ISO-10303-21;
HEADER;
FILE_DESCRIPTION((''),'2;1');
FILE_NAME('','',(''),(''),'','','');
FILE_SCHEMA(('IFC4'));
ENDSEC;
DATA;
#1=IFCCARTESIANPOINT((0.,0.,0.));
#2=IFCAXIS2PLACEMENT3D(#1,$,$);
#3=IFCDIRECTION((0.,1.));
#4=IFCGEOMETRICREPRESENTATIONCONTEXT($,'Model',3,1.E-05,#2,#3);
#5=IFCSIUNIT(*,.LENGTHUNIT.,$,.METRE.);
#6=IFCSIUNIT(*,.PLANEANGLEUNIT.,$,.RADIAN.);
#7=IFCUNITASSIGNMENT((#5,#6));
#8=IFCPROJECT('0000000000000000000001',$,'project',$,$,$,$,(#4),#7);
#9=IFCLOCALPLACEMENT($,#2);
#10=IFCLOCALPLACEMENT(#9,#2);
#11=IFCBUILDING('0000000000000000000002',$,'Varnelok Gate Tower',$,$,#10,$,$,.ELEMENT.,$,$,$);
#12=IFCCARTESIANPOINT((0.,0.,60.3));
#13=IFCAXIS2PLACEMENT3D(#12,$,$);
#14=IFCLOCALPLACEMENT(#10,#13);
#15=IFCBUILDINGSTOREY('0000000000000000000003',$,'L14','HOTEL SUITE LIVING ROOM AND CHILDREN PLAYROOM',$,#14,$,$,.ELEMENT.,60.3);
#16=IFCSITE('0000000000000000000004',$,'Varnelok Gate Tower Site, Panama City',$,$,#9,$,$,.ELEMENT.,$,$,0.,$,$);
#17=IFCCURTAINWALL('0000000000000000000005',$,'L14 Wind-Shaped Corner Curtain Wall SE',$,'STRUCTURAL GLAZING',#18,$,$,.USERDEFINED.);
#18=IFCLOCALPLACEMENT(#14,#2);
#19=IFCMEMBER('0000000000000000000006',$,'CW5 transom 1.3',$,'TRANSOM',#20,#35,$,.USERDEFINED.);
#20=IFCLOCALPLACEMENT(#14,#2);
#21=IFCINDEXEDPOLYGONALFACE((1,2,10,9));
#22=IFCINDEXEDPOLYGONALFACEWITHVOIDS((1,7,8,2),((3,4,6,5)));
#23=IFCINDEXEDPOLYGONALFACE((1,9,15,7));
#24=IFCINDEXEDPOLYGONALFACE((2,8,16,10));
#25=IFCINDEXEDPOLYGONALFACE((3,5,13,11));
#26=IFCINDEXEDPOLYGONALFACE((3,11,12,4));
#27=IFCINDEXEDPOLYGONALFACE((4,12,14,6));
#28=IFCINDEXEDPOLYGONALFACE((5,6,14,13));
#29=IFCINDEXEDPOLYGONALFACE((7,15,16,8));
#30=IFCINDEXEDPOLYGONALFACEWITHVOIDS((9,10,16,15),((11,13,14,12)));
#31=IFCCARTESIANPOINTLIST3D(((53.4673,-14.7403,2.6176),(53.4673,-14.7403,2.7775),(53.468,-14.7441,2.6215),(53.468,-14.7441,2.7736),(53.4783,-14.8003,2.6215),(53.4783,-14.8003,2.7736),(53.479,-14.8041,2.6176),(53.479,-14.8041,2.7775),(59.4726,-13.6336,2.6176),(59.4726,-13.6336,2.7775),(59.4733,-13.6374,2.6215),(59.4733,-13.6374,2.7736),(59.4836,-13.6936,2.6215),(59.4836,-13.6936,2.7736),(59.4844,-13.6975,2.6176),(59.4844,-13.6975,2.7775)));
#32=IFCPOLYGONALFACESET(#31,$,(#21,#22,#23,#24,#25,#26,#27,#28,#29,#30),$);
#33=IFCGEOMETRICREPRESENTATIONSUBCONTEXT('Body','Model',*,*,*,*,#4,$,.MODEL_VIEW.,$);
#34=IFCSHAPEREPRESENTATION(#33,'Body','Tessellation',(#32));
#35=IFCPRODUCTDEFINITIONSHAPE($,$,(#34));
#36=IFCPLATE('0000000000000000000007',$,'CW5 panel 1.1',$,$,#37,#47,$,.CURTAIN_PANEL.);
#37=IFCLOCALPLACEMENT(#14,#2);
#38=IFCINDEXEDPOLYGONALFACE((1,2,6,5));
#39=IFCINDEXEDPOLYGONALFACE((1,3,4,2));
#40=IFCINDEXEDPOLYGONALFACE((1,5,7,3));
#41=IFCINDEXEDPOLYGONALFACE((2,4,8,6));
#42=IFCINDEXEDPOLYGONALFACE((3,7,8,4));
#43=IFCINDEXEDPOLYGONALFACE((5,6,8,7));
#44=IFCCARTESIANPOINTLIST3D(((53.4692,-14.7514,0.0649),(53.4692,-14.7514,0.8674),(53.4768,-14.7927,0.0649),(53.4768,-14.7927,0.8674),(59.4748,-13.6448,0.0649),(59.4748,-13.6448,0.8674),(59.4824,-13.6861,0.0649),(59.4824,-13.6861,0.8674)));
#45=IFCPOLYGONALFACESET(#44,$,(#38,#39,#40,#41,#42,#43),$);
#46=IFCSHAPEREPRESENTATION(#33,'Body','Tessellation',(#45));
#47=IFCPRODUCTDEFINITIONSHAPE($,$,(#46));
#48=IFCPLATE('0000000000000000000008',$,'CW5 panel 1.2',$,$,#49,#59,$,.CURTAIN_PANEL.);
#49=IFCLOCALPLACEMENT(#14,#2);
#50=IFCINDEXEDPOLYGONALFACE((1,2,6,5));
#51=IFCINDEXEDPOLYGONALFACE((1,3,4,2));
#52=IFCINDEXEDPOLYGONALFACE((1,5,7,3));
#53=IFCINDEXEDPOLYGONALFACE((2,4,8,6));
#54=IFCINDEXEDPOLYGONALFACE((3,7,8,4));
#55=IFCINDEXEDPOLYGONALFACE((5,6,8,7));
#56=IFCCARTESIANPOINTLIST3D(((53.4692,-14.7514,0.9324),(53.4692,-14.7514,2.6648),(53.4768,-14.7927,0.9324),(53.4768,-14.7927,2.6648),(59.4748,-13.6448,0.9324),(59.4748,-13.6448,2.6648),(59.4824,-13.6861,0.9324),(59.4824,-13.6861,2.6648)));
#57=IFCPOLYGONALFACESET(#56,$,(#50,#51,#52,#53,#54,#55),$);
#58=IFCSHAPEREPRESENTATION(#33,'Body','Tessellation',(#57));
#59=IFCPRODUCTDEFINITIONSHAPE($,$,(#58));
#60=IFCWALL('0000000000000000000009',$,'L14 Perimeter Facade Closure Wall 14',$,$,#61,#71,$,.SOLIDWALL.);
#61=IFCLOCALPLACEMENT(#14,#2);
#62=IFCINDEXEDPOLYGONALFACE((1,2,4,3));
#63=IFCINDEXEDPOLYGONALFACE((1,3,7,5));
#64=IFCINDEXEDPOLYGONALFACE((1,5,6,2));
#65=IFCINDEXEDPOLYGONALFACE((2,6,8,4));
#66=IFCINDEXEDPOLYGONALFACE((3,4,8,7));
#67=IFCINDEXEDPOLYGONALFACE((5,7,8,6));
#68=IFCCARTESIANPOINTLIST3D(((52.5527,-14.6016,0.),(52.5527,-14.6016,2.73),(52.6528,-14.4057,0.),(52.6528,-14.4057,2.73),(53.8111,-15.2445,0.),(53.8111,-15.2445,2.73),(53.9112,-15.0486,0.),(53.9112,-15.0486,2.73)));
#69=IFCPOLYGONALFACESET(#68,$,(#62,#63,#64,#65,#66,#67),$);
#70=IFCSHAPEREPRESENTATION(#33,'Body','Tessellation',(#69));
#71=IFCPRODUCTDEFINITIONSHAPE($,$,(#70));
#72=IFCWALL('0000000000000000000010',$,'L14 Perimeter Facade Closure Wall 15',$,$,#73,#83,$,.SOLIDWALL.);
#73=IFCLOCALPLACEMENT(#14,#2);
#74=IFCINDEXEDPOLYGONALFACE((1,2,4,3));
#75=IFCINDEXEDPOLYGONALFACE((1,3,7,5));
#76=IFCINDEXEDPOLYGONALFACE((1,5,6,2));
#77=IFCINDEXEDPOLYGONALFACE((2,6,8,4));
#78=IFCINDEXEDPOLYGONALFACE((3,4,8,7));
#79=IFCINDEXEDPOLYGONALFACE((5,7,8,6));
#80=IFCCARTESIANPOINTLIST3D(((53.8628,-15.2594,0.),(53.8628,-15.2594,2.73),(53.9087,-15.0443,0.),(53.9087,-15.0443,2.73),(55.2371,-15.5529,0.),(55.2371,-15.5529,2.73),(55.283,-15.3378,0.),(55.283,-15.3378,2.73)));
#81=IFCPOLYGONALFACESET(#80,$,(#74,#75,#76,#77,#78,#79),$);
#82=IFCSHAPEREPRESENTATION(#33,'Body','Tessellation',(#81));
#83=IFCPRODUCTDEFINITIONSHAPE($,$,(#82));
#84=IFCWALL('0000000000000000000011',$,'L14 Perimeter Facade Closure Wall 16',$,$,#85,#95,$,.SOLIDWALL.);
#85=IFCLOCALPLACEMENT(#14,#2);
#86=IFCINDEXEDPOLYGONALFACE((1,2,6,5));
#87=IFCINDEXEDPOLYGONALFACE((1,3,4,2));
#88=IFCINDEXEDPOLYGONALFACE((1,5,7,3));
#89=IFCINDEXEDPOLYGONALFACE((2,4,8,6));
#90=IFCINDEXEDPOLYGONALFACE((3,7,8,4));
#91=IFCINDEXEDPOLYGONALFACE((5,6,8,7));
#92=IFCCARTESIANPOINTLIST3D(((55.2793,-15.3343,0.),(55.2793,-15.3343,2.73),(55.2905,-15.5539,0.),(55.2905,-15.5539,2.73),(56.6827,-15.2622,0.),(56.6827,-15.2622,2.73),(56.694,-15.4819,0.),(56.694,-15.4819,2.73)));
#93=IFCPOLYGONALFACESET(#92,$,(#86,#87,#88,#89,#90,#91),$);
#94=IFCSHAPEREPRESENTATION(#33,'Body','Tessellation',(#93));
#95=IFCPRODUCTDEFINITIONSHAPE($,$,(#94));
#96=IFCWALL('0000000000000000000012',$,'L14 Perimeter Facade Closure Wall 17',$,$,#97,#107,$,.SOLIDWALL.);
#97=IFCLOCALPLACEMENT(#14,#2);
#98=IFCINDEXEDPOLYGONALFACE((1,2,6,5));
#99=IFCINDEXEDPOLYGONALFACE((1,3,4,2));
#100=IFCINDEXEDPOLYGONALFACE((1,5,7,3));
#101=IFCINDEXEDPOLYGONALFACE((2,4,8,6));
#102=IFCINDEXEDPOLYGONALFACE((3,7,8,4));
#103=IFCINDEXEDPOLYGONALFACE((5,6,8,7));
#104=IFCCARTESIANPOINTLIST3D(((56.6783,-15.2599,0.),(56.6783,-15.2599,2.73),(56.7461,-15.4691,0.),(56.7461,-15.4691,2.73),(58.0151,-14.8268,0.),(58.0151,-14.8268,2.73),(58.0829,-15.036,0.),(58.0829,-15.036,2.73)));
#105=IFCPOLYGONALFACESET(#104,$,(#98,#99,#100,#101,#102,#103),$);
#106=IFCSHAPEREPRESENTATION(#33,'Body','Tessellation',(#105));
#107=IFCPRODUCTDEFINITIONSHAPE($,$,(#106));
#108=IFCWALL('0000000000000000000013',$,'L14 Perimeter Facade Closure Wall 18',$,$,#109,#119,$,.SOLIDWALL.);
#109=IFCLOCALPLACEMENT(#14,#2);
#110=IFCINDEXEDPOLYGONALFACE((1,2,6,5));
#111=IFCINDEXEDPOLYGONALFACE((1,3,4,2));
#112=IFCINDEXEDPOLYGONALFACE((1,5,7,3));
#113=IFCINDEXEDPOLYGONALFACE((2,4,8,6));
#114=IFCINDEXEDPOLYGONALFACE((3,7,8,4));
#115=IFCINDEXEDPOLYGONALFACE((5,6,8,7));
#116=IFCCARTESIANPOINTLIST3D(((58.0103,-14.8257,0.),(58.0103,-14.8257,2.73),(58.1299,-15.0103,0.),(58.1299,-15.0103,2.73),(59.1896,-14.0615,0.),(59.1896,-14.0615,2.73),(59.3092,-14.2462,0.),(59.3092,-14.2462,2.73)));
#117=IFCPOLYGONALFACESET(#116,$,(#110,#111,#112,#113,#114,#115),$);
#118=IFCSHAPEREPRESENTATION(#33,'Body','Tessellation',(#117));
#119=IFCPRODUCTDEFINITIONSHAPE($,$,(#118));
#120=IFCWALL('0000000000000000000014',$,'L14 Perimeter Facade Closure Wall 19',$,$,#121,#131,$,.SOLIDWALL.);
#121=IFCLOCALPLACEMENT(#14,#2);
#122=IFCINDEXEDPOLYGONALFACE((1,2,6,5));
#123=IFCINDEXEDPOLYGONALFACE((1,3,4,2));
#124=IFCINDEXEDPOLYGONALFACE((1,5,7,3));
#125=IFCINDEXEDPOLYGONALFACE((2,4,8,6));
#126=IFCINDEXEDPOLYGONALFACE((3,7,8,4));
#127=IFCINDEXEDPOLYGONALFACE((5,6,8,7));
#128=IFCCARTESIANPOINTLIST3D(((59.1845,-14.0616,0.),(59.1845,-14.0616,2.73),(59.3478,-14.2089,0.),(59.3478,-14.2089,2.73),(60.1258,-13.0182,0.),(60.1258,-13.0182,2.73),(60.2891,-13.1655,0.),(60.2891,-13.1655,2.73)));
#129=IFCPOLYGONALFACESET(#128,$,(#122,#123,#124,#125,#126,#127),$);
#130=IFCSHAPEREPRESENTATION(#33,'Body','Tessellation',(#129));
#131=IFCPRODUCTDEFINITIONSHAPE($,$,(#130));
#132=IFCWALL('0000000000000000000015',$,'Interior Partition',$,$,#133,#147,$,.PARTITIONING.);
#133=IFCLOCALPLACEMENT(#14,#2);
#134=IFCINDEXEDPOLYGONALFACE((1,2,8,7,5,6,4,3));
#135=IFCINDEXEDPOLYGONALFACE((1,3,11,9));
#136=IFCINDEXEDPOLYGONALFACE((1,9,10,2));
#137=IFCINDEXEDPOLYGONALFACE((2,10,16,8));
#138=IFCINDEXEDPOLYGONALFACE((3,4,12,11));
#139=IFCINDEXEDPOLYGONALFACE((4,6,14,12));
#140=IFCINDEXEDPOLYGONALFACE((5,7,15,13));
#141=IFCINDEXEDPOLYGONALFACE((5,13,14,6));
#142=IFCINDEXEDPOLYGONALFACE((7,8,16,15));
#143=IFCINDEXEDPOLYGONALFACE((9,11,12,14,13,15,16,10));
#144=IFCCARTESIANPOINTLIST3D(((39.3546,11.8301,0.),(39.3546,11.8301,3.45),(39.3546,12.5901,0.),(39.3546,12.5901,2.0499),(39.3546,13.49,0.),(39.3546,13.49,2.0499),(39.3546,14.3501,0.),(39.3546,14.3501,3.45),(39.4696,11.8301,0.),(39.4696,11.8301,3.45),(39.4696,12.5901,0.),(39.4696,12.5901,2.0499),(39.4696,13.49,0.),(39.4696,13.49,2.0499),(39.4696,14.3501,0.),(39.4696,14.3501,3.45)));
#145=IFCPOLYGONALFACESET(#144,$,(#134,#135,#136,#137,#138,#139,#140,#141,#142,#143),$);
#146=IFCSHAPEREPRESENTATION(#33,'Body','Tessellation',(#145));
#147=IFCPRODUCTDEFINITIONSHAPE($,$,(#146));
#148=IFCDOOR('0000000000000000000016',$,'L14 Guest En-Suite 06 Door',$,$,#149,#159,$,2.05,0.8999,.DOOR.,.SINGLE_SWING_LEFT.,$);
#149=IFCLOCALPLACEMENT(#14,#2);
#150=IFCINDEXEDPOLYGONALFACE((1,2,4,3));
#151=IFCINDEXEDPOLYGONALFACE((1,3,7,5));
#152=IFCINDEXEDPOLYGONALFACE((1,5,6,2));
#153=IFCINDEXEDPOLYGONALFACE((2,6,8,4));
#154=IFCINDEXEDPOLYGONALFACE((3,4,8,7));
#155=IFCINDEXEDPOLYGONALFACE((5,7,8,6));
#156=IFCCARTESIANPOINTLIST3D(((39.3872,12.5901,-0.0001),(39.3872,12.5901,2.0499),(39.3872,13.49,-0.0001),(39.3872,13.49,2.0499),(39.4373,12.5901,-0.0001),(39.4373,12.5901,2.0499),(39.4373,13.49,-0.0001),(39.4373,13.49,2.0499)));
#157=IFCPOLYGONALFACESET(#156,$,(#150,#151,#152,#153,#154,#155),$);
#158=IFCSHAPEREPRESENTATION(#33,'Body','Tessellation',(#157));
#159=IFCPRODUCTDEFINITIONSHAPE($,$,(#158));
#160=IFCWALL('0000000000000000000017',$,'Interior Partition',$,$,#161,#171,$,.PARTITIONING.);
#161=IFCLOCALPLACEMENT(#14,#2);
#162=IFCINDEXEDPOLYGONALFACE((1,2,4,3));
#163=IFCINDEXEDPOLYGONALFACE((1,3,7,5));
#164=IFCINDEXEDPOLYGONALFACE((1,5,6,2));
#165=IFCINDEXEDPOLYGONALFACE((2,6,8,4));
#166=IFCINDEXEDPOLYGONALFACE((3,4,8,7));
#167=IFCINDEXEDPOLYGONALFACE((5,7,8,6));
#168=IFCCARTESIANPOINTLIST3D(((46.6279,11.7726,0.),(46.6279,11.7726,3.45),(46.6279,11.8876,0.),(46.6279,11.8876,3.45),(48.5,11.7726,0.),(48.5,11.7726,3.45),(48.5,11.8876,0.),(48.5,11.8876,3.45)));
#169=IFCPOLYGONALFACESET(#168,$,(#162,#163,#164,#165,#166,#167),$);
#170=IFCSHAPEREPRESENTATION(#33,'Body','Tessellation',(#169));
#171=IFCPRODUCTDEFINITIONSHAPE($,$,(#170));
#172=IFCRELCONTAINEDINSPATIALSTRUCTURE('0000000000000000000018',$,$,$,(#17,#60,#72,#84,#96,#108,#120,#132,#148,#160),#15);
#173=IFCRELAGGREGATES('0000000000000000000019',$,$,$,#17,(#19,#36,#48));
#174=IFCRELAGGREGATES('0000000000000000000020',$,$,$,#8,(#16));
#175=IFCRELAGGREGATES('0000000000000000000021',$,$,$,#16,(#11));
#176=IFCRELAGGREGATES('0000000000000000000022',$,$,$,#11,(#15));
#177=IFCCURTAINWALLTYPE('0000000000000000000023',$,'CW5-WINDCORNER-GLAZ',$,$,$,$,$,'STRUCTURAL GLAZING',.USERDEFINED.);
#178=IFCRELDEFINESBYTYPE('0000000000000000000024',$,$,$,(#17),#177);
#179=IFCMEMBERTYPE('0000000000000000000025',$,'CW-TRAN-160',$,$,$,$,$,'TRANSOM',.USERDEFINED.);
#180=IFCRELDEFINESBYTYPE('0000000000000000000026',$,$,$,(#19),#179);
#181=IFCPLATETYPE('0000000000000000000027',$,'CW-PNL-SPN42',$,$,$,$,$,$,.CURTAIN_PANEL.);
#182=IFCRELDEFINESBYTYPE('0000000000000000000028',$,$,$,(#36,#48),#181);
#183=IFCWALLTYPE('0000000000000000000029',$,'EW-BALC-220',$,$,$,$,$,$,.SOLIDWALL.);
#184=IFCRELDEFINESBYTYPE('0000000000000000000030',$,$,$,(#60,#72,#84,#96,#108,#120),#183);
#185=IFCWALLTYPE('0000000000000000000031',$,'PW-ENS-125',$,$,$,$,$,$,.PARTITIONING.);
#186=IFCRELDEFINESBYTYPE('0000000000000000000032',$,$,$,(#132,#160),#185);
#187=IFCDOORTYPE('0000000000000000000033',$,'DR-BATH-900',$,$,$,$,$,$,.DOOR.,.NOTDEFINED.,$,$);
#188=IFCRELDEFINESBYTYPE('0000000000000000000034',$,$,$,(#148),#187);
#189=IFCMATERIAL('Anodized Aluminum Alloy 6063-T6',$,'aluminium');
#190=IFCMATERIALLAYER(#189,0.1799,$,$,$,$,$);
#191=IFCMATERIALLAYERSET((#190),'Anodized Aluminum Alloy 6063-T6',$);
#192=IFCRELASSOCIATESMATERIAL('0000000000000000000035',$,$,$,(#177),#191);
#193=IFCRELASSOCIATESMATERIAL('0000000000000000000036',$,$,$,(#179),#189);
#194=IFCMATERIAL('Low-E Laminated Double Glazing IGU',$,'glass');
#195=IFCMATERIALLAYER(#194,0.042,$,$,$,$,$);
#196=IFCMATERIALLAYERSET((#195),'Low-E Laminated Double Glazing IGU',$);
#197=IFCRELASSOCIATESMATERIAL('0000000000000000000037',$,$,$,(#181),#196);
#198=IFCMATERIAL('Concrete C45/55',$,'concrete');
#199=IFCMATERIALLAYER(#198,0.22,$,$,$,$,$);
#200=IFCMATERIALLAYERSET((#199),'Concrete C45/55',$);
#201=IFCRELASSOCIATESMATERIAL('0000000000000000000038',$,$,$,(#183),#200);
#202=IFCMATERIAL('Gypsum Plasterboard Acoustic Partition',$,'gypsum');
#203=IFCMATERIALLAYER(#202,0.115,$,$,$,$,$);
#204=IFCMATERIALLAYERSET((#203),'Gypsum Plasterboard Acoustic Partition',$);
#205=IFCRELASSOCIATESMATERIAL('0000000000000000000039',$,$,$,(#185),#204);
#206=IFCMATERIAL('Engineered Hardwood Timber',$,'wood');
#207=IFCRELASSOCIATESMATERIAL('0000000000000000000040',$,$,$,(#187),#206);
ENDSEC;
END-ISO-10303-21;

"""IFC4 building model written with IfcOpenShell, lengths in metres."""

from ifc_helpers import new_model, si_unit, direction, frame, frame_2d, origin, origin_2d, place, context, subcontext, project, spatial, rectangle, hollow_rectangle, extrude, source, transform, mapped, material, layer, layer_set, material_profile, profile_set, type_object, element, fill, aggregate, save


model = new_model("IFC4")

# Units and contexts
model_context = context("Model", 3, precision=1e-05, world=origin(), true_north=direction((0.0, 1.0)))
body_context = subcontext(model_context, "Body", "Model", "MODEL_VIEW")
ifc_project = project(units=[si_unit("LENGTHUNIT", "METRE"), si_unit("PLANEANGLEUNIT", "RADIAN")], contexts=[model_context])

# Site, building, storey
site_placement = place(None, origin())
site = spatial("IfcSite", under=ifc_project, at=site_placement, Name="Varnelok Gate Tower Site, Panama City", CompositionType="ELEMENT", RefElevation=0.0)
building_placement = place(site_placement, origin())
building = spatial("IfcBuilding", under=site, at=building_placement, Name="Varnelok Gate Tower", CompositionType="ELEMENT")
storey_placement = place(building_placement, frame((0.0, 0.0, 60.3)))
storey = spatial("IfcBuildingStorey", under=building, at=storey_placement, Name="L14", Description="HOTEL SUITE LIVING ROOM AND CHILDREN PLAYROOM", CompositionType="ELEMENT", Elevation=60.3)

# Shared definitions
ifc_material_1 = material(Name="Anodized Aluminum Alloy 6063-T6", Category="aluminium")

# Curtain wall, member, plates
ifc_layer_1 = layer(ifc_material_1, 0.1799)
ifc_layer_set_1 = layer_set([ifc_layer_1], Name="Anodized Aluminum Alloy 6063-T6")
curtain_wall_type_1 = type_object("IfcCurtainWallType", Name="CW5-WINDCORNER-GLAZ", ElementType="STRUCTURAL GLAZING", PredefinedType="USERDEFINED", material=ifc_layer_set_1)
curtain_wall_1_placement = place(storey_placement, origin())
curtain_wall_1 = element("IfcCurtainWall", 1, at=curtain_wall_1_placement, inside=storey, type_object=curtain_wall_type_1, Name="L14 Wind-Shaped Corner Curtain Wall SE", ObjectType="STRUCTURAL GLAZING", PredefinedType="USERDEFINED")
ifc_material_profile_1 = material_profile(ifc_material_1, hollow_rectangle(XDim=0.0649, YDim=0.1599, WallThickness=0.0039, at=origin_2d()), Name="ALU160X65X4")
ifc_profile_set_1 = profile_set([ifc_material_profile_1], Name="Anodized Aluminum Alloy 6063-T6")
member_type_1 = type_object("IfcMemberType", Name="CW-TRAN-160", ElementType="TRANSOM", PredefinedType="USERDEFINED", material=ifc_profile_set_1)
member_1_placement = place(storey_placement, frame((53.4731, -14.7722, 2.6975), z_axis=(0.98344, 0.181232, 0.0), x_axis=(-0.181232, 0.98344, 0.0)))
member_1 = element("IfcMember", 2, at=member_1_placement, type_object=member_type_1, Name="CW5 transom 1.3", ObjectType="TRANSOM", PredefinedType="USERDEFINED", context=body_context, shape_type="SweptSolid", body=[
    extrude(hollow_rectangle(XDim=0.0649, YDim=0.1599, WallThickness=0.0039, at=origin_2d()), origin(), (0.0, 0.0, 1.0), 6.1064),
])
ifc_material_2 = material(Name="Low-E Laminated Double Glazing IGU", Category="glass")
ifc_layer_2 = layer(ifc_material_2, 0.042)
ifc_layer_set_2 = layer_set([ifc_layer_2], Name="Low-E Laminated Double Glazing IGU")
plate_type = type_object("IfcPlateType", Name="CW-PNL-SPN42", PredefinedType="CURTAIN_PANEL", material=ifc_layer_set_2)
shared_shape_1 = source(origin(), body_context, "Body", "SweptSolid", [
    extrude(rectangle(XDim=6.1067, YDim=0.042, at=origin_2d()), origin(), (0.0, 0.0, 1.0), 0.8025),
])
plate_1_placement = place(storey_placement, frame((56.4758, -14.2188, 0.0649), z_axis=(0.0, 0.0, 1.0), x_axis=(0.983446, 0.181203, 0.0)))
plate_1 = element("IfcPlate", 3, at=plate_1_placement, type_object=plate_type, Name="CW5 panel 1.1", PredefinedType="CURTAIN_PANEL", context=body_context, shape_type="MappedRepresentation", body=[
    mapped(shared_shape_1, transform((0.0, 0.0, 0.0), scale=1.0)),
])
shared_shape_2 = source(origin(), body_context, "Body", "SweptSolid", [
    extrude(rectangle(XDim=6.1067, YDim=0.042, at=origin_2d()), origin(), (0.0, 0.0, 1.0), 1.7324),
])
plate_2_placement = place(storey_placement, frame((56.4758, -14.2188, 0.9324), z_axis=(0.0, 0.0, 1.0), x_axis=(0.983446, 0.181203, 0.0)))
plate_2 = element("IfcPlate", 4, at=plate_2_placement, type_object=plate_type, Name="CW5 panel 1.2", PredefinedType="CURTAIN_PANEL", context=body_context, shape_type="MappedRepresentation", body=[
    mapped(shared_shape_2, transform((0.0, 0.0, 0.0), scale=1.0)),
])
aggregate(curtain_wall_1, [member_1, plate_1, plate_2])

# Walls
ifc_material_3 = material(Name="Concrete C45/55", Category="concrete")
ifc_layer_3 = layer(ifc_material_3, 0.22)
ifc_layer_set_3 = layer_set([ifc_layer_3], Name="Concrete C45/55")
wall_type_1 = type_object("IfcWallType", Name="EW-BALC-220", PredefinedType="SOLIDWALL", material=ifc_layer_set_3)
wall_1_placement = place(storey_placement, frame((52.6028, -14.5037, 0.0), z_axis=(0.0, 0.0, 1.0), x_axis=(0.890523, -0.454938, 0.0)))
element("IfcWall", 5, at=wall_1_placement, inside=storey, type_object=wall_type_1, Name="L14 Perimeter Facade Closure Wall 14", PredefinedType="SOLIDWALL", context=body_context, shape_type="SweptSolid", body=[
    extrude(rectangle(XDim=1.4131, YDim=0.22, at=frame_2d((0.7065, 0.0))), origin(), (0.0, 0.0, 1.0), 2.73),
])
for number, where, z_axis, x_axis, name in (
    (6, (53.8857, -15.1519, 0.0), (0.0, 0.0, 1.0), (0.977952, -0.208829, 0.0), "L14 Perimeter Facade Closure Wall 15"),
    (7, (55.2849, -15.4441, 0.0), (0.0, 0.0, 1.0), (0.998686, 0.051255, 0.0), "L14 Perimeter Facade Closure Wall 16"),
    (8, (56.7122, -15.3645, 0.0), (0.0, 0.0, 1.0), (0.951325, 0.30819, 0.0), "L14 Perimeter Facade Closure Wall 17"),
    (9, (58.0701, -14.918, 0.0), (0.0, 0.0, 1.0), (0.839248, 0.543748, 0.0), "L14 Perimeter Facade Closure Wall 18"),
    (10, (59.2661, -14.1353, 0.0), (0.0, 0.0, 1.0), (0.669866, 0.742482, 0.0), "L14 Perimeter Facade Closure Wall 19"),
):
    element("IfcWall", number, at=place(storey_placement, frame(where, z_axis=z_axis, x_axis=x_axis)), inside=storey, type_object=wall_type_1, Name=name, PredefinedType="SOLIDWALL", context=body_context, shape_type="SweptSolid", body=[
        extrude(rectangle(XDim=1.4053, YDim=0.22, at=frame_2d((0.7026, 0.0))), origin(), (0.0, 0.0, 1.0), 2.73),
    ])

# Wall, opening, door
ifc_material_4 = material(Name="Gypsum Plasterboard Acoustic Partition", Category="gypsum")
ifc_layer_4 = layer(ifc_material_4, 0.115)
ifc_layer_set_4 = layer_set([ifc_layer_4], Name="Gypsum Plasterboard Acoustic Partition")
wall_type_2 = type_object("IfcWallType", Name="PW-ENS-125", PredefinedType="PARTITIONING", material=ifc_layer_set_4)
wall_2_placement = place(storey_placement, frame((39.4121, 11.8301, 0.0), z_axis=(0.0, 0.0, 1.0), x_axis=(0.0, 1.0, 0.0)))
wall_2 = element("IfcWall", 11, at=wall_2_placement, inside=storey, type_object=wall_type_2, Name="Interior Partition", PredefinedType="PARTITIONING", context=body_context, shape_type="SweptSolid", body=[
    extrude(rectangle(XDim=2.52, YDim=0.115, at=frame_2d((1.26, 0.0))), origin(), (0.0, 0.0, 1.0), 3.45),
])
opening_1_placement = place(wall_2_placement, frame((0.76, 0.0, 0.0)))
opening_1 = element("IfcOpeningElement", 12, at=opening_1_placement, cuts=wall_2, PredefinedType="OPENING", context=body_context, shape_type="SweptSolid", body=[
    extrude(rectangle(XDim=0.8999, YDim=2.05, at=frame_2d((0.45, 1.0249))), frame((0.0, 0.0674, 0.0), z_axis=(0.0, -1.0, 0.0), x_axis=(1.0, 0.0, 0.0)), (0.0, 0.0, 1.0), 0.135),
])
ifc_material_5 = material(Name="Engineered Hardwood Timber", Category="wood")
door_type = type_object("IfcDoorType", Name="DR-BATH-900", OperationType="NOTDEFINED", PredefinedType="DOOR", material=ifc_material_5)
door_1_placement = place(opening_1_placement, origin())
door_1 = element("IfcDoor", 13, at=door_1_placement, inside=storey, type_object=door_type, Name="L14 Guest En-Suite 06 Door", OperationType="SINGLE_SWING_LEFT", OverallHeight=2.05, OverallWidth=0.8999, PredefinedType="DOOR", context=body_context, shape_type="SweptSolid", body=[
    extrude(rectangle(XDim=0.8999, YDim=2.05, at=frame_2d((0.45, 1.0249))), frame((0.0, 0.0249, 0.0), z_axis=(0.0, -1.0, 0.0), x_axis=(1.0, 0.0, 0.0)), (0.0, 0.0, 1.0), 0.05),
])
fill(opening_1, door_1)

# Wall
wall_3_placement = place(storey_placement, frame((46.6279, 11.8301, 0.0), z_axis=(0.0, 0.0, 1.0), x_axis=(1.0, 0.0, 0.0)))
element("IfcWall", 14, at=wall_3_placement, inside=storey, type_object=wall_type_2, Name="Interior Partition", PredefinedType="PARTITIONING", context=body_context, shape_type="SweptSolid", body=[
    extrude(rectangle(XDim=1.8721, YDim=0.115, at=frame_2d((0.936, 0.0))), origin(), (0.0, 0.0, 1.0), 3.45),
])

save(model, "model.ifc")
